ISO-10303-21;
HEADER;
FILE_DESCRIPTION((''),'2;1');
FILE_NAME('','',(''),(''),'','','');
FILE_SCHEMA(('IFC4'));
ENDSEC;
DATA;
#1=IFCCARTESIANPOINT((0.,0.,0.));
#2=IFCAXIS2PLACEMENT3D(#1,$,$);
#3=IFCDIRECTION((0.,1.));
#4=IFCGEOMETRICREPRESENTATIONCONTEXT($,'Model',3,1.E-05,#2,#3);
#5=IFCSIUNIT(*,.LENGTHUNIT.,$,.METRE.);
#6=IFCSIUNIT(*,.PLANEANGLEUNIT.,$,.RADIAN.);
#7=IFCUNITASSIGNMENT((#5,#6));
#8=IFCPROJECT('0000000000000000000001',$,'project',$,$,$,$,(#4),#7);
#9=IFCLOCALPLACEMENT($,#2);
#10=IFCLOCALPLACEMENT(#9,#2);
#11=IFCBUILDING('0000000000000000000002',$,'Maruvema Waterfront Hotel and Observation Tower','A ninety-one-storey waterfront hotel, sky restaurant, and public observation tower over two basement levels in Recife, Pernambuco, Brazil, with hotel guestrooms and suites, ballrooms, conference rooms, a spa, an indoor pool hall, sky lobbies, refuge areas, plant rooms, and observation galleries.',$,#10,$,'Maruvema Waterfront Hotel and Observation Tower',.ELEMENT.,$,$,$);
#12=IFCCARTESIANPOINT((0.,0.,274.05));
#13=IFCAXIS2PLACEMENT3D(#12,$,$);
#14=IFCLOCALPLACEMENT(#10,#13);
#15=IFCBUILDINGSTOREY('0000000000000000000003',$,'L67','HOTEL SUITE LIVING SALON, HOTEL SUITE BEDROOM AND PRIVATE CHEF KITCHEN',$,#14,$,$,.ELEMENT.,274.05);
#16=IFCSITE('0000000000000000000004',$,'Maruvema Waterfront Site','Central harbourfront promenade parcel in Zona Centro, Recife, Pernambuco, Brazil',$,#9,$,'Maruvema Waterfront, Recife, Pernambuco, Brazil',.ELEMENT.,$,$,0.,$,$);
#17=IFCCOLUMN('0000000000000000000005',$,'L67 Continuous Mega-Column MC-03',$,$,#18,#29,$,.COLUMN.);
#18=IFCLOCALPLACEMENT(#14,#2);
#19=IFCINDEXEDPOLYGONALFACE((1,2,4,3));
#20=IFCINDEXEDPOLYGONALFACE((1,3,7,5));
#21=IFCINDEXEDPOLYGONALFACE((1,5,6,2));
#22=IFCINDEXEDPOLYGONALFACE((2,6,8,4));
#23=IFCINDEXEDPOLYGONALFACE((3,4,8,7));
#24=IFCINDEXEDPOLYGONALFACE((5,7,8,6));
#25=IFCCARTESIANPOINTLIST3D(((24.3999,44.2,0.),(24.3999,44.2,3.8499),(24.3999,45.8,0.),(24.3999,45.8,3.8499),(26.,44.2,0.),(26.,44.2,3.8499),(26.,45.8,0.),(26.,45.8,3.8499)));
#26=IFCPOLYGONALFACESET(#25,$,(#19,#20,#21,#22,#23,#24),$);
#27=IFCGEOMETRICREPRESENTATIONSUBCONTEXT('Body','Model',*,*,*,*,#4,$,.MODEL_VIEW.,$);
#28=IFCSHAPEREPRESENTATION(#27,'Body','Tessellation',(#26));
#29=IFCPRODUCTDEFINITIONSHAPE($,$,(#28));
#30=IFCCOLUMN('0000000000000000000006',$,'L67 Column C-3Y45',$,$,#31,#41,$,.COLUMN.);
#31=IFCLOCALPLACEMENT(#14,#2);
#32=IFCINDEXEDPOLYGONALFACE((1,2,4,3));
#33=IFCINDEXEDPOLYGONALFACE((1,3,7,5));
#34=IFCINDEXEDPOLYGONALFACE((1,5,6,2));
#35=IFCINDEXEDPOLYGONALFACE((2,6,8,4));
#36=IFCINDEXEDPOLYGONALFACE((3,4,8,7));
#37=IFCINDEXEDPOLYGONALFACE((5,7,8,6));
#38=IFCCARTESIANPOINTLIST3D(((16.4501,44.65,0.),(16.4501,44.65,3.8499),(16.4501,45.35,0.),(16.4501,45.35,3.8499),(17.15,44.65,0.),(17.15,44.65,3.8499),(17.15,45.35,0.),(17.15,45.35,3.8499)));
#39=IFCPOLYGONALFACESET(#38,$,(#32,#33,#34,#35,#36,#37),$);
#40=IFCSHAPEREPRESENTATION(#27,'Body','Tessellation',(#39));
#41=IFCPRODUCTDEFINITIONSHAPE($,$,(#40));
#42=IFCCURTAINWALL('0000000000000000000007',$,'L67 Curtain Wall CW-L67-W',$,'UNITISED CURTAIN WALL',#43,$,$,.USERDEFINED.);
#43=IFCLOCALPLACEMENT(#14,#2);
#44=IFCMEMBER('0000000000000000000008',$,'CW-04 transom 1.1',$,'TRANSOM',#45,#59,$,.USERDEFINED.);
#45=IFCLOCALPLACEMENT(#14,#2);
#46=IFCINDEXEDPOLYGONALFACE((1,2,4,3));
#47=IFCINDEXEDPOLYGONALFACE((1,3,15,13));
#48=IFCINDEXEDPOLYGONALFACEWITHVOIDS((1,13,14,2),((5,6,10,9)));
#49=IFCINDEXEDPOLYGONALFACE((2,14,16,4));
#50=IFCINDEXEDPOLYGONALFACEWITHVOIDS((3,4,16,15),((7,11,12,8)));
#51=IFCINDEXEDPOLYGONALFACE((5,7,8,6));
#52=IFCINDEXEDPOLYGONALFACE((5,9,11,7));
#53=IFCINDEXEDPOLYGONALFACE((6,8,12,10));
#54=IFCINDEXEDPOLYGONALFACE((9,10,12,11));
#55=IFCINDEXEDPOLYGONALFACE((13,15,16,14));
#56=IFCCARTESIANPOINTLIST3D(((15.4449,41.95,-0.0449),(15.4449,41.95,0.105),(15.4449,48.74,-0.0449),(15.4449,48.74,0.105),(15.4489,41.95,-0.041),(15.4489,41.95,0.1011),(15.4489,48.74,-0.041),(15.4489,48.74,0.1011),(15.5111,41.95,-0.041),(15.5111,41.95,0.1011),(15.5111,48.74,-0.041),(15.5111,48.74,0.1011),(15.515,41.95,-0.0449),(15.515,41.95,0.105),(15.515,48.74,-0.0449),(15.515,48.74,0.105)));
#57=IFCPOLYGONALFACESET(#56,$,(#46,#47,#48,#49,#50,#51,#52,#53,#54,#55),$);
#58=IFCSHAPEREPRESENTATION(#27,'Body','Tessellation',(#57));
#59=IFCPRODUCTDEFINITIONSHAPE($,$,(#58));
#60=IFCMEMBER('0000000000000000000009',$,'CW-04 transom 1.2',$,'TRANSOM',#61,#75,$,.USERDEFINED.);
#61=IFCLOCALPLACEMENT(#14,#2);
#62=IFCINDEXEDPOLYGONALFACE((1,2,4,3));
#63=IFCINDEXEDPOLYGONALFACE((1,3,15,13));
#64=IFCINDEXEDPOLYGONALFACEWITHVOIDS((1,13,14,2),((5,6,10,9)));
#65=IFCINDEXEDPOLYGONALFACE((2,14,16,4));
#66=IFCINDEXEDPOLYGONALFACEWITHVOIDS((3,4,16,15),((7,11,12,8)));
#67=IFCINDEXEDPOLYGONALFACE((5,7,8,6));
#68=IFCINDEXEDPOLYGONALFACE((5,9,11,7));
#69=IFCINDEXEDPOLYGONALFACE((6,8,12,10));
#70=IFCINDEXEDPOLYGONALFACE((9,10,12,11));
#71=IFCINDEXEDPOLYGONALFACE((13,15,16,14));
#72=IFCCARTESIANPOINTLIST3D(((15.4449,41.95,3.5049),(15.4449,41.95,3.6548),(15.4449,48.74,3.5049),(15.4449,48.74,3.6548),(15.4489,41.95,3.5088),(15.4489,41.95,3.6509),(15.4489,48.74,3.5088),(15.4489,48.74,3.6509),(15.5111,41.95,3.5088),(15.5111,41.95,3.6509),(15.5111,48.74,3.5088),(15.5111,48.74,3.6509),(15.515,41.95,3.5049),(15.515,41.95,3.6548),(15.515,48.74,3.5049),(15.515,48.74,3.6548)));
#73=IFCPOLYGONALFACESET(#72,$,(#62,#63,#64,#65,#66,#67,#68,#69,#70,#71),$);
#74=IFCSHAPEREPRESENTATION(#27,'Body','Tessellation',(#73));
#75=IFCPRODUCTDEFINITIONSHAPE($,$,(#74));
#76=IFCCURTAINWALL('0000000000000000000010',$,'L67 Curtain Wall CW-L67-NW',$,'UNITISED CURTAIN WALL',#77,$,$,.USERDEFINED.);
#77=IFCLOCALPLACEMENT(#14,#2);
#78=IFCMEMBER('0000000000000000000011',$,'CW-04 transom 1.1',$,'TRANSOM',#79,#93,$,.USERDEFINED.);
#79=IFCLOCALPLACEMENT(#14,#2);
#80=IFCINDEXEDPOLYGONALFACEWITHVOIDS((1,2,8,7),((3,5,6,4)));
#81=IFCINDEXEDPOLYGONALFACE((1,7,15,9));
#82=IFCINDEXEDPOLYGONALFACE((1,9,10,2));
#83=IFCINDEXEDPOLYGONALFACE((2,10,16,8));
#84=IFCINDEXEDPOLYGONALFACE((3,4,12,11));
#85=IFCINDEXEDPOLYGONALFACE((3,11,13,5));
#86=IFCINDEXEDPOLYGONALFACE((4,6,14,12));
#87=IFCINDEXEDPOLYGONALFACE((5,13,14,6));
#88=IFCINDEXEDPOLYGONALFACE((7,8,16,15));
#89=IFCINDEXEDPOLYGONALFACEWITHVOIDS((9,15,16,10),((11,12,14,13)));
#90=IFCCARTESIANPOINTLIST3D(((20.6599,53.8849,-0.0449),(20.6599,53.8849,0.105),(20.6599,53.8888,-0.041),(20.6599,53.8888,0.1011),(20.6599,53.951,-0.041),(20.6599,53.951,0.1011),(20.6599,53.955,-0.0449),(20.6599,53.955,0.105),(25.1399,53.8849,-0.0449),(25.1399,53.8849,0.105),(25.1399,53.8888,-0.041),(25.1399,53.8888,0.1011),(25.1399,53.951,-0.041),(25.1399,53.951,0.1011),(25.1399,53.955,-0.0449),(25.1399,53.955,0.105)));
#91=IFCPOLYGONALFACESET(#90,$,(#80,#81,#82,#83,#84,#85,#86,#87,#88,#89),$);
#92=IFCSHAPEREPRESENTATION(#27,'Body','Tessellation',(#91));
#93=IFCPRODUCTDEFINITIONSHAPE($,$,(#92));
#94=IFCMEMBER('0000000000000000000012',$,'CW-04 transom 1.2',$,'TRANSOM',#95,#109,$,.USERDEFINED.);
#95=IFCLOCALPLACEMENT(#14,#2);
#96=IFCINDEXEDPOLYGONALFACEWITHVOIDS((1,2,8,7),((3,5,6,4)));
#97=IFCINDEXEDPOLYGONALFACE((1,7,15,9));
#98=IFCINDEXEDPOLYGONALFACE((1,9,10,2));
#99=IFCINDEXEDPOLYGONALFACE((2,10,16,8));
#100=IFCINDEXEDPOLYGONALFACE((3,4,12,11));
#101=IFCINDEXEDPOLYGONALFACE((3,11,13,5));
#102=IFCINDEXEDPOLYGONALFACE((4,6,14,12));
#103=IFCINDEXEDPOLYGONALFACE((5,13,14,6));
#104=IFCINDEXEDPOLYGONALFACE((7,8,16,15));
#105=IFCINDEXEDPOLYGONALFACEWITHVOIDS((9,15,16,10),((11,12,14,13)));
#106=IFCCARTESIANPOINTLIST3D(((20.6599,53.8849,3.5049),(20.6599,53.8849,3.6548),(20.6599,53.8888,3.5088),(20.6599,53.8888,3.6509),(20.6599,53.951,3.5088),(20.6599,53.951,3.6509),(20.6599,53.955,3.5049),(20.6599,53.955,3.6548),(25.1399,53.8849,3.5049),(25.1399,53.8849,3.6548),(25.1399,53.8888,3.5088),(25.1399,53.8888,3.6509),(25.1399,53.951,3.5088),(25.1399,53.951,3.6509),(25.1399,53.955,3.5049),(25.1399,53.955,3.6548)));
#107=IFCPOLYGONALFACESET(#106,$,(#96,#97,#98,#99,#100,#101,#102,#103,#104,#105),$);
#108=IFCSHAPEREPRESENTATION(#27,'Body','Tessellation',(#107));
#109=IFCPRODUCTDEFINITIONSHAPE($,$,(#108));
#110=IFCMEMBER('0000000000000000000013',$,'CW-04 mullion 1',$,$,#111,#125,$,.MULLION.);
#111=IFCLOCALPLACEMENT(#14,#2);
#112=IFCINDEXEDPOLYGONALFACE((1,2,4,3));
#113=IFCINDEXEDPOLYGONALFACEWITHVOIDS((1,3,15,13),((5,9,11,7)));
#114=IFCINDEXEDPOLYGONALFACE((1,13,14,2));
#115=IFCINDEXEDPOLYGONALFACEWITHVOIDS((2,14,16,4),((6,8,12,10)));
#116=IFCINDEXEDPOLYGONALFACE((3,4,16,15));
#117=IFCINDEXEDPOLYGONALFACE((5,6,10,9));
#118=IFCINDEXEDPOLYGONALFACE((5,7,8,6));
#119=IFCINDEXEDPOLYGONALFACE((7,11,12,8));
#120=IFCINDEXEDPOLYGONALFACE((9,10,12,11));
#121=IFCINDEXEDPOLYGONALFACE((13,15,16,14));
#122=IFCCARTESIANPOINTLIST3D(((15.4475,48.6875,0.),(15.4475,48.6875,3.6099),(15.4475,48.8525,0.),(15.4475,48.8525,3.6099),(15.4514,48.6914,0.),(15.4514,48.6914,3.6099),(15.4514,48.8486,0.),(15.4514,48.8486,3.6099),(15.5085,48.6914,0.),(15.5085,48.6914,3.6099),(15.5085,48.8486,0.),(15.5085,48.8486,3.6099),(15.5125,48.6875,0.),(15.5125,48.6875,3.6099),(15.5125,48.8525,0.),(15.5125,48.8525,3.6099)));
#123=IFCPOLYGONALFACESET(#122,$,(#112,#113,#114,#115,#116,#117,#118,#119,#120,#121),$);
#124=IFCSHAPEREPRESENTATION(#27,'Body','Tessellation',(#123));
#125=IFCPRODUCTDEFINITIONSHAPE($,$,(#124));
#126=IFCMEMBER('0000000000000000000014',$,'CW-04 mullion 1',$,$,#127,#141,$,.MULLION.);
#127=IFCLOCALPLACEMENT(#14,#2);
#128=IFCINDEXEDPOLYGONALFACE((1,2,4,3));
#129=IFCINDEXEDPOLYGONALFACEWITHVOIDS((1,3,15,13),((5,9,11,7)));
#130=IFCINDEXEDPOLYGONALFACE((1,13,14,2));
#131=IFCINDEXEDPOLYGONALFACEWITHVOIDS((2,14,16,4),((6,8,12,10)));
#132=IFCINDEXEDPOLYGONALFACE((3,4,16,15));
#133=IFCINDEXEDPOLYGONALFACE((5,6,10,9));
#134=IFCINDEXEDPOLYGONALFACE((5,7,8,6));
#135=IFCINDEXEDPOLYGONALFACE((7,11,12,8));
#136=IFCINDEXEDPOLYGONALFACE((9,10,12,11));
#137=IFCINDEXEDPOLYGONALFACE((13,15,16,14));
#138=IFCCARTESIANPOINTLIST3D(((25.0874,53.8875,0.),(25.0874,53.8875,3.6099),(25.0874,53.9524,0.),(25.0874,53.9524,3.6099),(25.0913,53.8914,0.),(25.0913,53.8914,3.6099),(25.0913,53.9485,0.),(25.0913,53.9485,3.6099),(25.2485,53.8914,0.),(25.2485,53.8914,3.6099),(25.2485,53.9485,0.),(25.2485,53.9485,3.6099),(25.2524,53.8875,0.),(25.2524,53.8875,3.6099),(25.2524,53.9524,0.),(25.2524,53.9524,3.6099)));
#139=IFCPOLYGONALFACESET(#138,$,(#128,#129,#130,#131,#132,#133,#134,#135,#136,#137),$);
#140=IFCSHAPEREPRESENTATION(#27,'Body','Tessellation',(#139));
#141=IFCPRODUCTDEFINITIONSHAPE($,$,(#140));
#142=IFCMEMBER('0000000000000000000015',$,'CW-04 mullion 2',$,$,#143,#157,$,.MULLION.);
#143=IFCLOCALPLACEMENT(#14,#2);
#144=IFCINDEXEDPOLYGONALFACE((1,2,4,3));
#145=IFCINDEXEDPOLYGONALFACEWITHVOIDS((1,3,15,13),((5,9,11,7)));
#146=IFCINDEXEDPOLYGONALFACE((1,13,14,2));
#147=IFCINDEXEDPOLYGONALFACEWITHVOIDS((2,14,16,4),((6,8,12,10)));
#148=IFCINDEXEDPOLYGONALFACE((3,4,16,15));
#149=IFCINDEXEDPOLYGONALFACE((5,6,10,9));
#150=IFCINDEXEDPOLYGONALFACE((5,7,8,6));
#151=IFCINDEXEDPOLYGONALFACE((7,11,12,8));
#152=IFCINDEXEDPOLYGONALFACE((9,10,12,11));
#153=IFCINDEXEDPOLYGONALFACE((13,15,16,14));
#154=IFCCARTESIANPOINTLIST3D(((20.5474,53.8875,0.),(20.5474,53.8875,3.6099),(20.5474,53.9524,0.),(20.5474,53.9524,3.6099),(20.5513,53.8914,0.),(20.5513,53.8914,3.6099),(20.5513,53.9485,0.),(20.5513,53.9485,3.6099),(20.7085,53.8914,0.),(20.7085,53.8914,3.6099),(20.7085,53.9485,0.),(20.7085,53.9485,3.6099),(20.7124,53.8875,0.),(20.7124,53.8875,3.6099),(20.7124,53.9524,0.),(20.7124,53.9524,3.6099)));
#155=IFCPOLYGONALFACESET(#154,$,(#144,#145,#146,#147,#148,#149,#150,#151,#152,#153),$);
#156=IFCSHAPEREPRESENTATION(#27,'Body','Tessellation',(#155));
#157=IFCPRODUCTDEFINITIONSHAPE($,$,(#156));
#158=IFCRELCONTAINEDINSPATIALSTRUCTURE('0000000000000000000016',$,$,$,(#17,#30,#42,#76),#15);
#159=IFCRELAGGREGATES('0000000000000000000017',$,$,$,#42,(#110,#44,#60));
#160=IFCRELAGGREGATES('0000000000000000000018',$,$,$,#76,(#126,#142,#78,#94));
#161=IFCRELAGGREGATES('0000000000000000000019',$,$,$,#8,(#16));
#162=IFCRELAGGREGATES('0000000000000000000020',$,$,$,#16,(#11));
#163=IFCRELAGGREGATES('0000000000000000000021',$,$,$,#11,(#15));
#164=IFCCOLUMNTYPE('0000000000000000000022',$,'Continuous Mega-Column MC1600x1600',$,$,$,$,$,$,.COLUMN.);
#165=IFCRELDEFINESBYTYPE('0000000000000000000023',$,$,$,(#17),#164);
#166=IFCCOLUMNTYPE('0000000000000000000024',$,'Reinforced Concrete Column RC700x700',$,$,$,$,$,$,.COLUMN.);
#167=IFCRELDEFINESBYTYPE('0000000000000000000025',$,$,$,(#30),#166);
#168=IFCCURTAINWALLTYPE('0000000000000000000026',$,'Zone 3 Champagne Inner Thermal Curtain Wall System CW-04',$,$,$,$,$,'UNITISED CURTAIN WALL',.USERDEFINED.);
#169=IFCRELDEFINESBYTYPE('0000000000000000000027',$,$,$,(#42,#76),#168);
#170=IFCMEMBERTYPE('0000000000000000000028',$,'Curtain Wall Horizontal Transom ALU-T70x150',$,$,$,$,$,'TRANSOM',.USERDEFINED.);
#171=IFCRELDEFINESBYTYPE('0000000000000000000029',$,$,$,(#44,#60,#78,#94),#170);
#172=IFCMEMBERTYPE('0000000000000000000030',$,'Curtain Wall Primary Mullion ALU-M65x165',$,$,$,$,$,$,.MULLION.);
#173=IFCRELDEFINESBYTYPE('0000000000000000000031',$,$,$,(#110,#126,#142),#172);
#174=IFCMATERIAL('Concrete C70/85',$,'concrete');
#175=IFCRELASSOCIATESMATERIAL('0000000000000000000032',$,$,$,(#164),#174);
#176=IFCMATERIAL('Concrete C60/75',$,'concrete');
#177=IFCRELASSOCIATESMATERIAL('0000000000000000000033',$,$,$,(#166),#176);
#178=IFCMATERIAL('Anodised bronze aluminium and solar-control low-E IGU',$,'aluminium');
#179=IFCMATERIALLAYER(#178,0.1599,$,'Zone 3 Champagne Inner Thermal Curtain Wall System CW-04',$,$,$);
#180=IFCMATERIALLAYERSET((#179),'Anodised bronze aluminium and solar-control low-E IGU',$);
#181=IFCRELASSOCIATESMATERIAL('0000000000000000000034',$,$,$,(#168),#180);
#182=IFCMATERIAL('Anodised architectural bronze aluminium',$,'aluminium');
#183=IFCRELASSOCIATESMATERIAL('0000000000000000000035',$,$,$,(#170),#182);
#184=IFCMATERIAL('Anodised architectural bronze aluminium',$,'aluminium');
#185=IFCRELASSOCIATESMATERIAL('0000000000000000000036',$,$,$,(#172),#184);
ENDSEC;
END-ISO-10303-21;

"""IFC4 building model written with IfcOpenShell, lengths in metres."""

from ifc_helpers import new_model, si_unit, direction, frame, origin, origin_2d, place, context, subcontext, project, spatial, rectangle, hollow_rectangle, extrude, material, layer, layer_set, material_profile, profile_set, type_object, element, aggregate, save


model = new_model("IFC4")

# Units and contexts
model_context = context("Model", 3, precision=1e-05, world=origin(), true_north=direction((0.0, 1.0)))
body_context = subcontext(model_context, "Body", "Model", "MODEL_VIEW")
ifc_project = project(units=[si_unit("LENGTHUNIT", "METRE"), si_unit("PLANEANGLEUNIT", "RADIAN")], contexts=[model_context])

# Site, building, storey
site_placement = place(None, origin())
site = spatial("IfcSite", under=ifc_project, at=site_placement, Name="Maruvema Waterfront Site", Description="Central harbourfront promenade parcel in Zona Centro, Recife, Pernambuco, Brazil", LongName="Maruvema Waterfront, Recife, Pernambuco, Brazil", CompositionType="ELEMENT", RefElevation=0.0)
building_placement = place(site_placement, origin())
building = spatial("IfcBuilding", under=site, at=building_placement, Name="Maruvema Waterfront Hotel and Observation Tower", Description="A ninety-one-storey waterfront hotel, sky restaurant, and public observation tower over two basement levels in Recife, Pernambuco, Brazil, with hotel guestrooms and suites, ballrooms, conference rooms, a spa, an indoor pool hall, sky lobbies, refuge areas, plant rooms, and observation galleries.", LongName="Maruvema Waterfront Hotel and Observation Tower", CompositionType="ELEMENT")
storey_placement = place(building_placement, frame((0.0, 0.0, 274.05)))
storey = spatial("IfcBuildingStorey", under=building, at=storey_placement, Name="L67", Description="HOTEL SUITE LIVING SALON, HOTEL SUITE BEDROOM AND PRIVATE CHEF KITCHEN", CompositionType="ELEMENT", Elevation=274.05)

# Columns
ifc_material_1 = material(Name="Concrete C70/85", Category="concrete")
ifc_material_profile_1 = material_profile(ifc_material_1, rectangle(XDim=1.6001, YDim=1.6001, at=origin_2d()), Name="MC1600x1600")
ifc_profile_set_1 = profile_set([ifc_material_profile_1], Name="Concrete C70/85")
column_type_1 = type_object("IfcColumnType", Name="Continuous Mega-Column MC1600x1600", PredefinedType="COLUMN", material=ifc_profile_set_1)
column_1_placement = place(storey_placement, frame((25.2, 45.0, 0.0), z_axis=(0.0, 0.0, 1.0), x_axis=(1.0, 0.0, 0.0)))
element("IfcColumn", 1, at=column_1_placement, inside=storey, type_object=column_type_1, Name="L67 Continuous Mega-Column MC-03", PredefinedType="COLUMN", context=body_context, shape_type="SweptSolid", body=[
    extrude(rectangle(XDim=1.6001, YDim=1.6001, at=origin_2d()), origin(), (0.0, 0.0, 1.0), 3.8499),
])
ifc_material_2 = material(Name="Concrete C60/75", Category="concrete")
ifc_material_profile_2 = material_profile(ifc_material_2, rectangle(XDim=0.7, YDim=0.7, at=origin_2d()), Name="RC700x700")
ifc_profile_set_2 = profile_set([ifc_material_profile_2], Name="Concrete C60/75")
column_type_2 = type_object("IfcColumnType", Name="Reinforced Concrete Column RC700x700", PredefinedType="COLUMN", material=ifc_profile_set_2)
column_2_placement = place(storey_placement, frame((16.8, 45.0, 0.0), z_axis=(0.0, 0.0, 1.0), x_axis=(1.0, 0.0, 0.0)))
element("IfcColumn", 2, at=column_2_placement, inside=storey, type_object=column_type_2, Name="L67 Column C-3Y45", PredefinedType="COLUMN", context=body_context, shape_type="SweptSolid", body=[
    extrude(rectangle(XDim=0.7, YDim=0.7, at=origin_2d()), origin(), (0.0, 0.0, 1.0), 3.8499),
])

# Curtain walls, members
ifc_material_3 = material(Name="Anodised bronze aluminium and solar-control low-E IGU", Category="aluminium")
ifc_layer_1 = layer(ifc_material_3, 0.1599, Name="Zone 3 Champagne Inner Thermal Curtain Wall System CW-04")
ifc_layer_set_1 = layer_set([ifc_layer_1], Name="Anodised bronze aluminium and solar-control low-E IGU")
curtain_wall_type = type_object("IfcCurtainWallType", Name="Zone 3 Champagne Inner Thermal Curtain Wall System CW-04", ElementType="UNITISED CURTAIN WALL", PredefinedType="USERDEFINED", material=ifc_layer_set_1)
curtain_wall_1_placement = place(storey_placement, origin())
curtain_wall_1 = element("IfcCurtainWall", 3, at=curtain_wall_1_placement, inside=storey, type_object=curtain_wall_type, Name="L67 Curtain Wall CW-L67-W", ObjectType="UNITISED CURTAIN WALL", PredefinedType="USERDEFINED")
ifc_material_4 = material(Name="Anodised architectural bronze aluminium", Category="aluminium")
ifc_material_profile_3 = material_profile(ifc_material_4, hollow_rectangle(XDim=0.0701, YDim=0.1499, WallThickness=0.0039, at=origin_2d()), Name="ALU-T70x150")
ifc_profile_set_3 = profile_set([ifc_material_profile_3], Name="Anodised architectural bronze aluminium")
member_type_1 = type_object("IfcMemberType", Name="Curtain Wall Horizontal Transom ALU-T70x150", ElementType="TRANSOM", PredefinedType="USERDEFINED", material=ifc_profile_set_3)
member_1_placement = place(storey_placement, frame((15.48, 48.74, 0.03), z_axis=(0.0, -1.0, 0.0), x_axis=(1.0, 0.0, 0.0)))
member_1 = element("IfcMember", 4, at=member_1_placement, type_object=member_type_1, Name="CW-04 transom 1.1", ObjectType="TRANSOM", PredefinedType="USERDEFINED", context=body_context, shape_type="SweptSolid", body=[
    extrude(hollow_rectangle(XDim=0.0701, YDim=0.1499, WallThickness=0.0039, at=origin_2d()), origin(), (0.0, 0.0, 1.0), 6.79),
])
member_2_placement = place(storey_placement, frame((15.48, 48.74, 3.5798), z_axis=(0.0, -1.0, 0.0), x_axis=(1.0, 0.0, 0.0)))
member_2 = element("IfcMember", 5, at=member_2_placement, type_object=member_type_1, Name="CW-04 transom 1.2", ObjectType="TRANSOM", PredefinedType="USERDEFINED", context=body_context, shape_type="SweptSolid", body=[
    extrude(hollow_rectangle(XDim=0.0701, YDim=0.1499, WallThickness=0.0039, at=origin_2d()), origin(), (0.0, 0.0, 1.0), 6.79),
])
curtain_wall_2_placement = place(storey_placement, origin())
curtain_wall_2 = element("IfcCurtainWall", 6, at=curtain_wall_2_placement, inside=storey, type_object=curtain_wall_type, Name="L67 Curtain Wall CW-L67-NW", ObjectType="UNITISED CURTAIN WALL", PredefinedType="USERDEFINED")
member_3_placement = place(storey_placement, frame((25.1399, 53.9199, 0.03), z_axis=(-1.0, 0.0, 0.0), x_axis=(0.0, -1.0, 0.0)))
member_3 = element("IfcMember", 7, at=member_3_placement, type_object=member_type_1, Name="CW-04 transom 1.1", ObjectType="TRANSOM", PredefinedType="USERDEFINED", context=body_context, shape_type="SweptSolid", body=[
    extrude(hollow_rectangle(XDim=0.0701, YDim=0.1499, WallThickness=0.0039, at=origin_2d()), origin(), (0.0, 0.0, 1.0), 4.48),
])
member_4_placement = place(storey_placement, frame((25.1399, 53.9199, 3.5798), z_axis=(-1.0, 0.0, 0.0), x_axis=(0.0, -1.0, 0.0)))
member_4 = element("IfcMember", 8, at=member_4_placement, type_object=member_type_1, Name="CW-04 transom 1.2", ObjectType="TRANSOM", PredefinedType="USERDEFINED", context=body_context, shape_type="SweptSolid", body=[
    extrude(hollow_rectangle(XDim=0.0701, YDim=0.1499, WallThickness=0.0039, at=origin_2d()), origin(), (0.0, 0.0, 1.0), 4.48),
])

# Members
ifc_material_5 = material(Name="Anodised architectural bronze aluminium", Category="aluminium")
ifc_material_profile_4 = material_profile(ifc_material_5, hollow_rectangle(XDim=0.0649, YDim=0.165, WallThickness=0.0039, at=origin_2d()), Name="ALU-M65x165")
ifc_profile_set_4 = profile_set([ifc_material_profile_4], Name="Anodised architectural bronze aluminium")
member_type_2 = type_object("IfcMemberType", Name="Curtain Wall Primary Mullion ALU-M65x165", PredefinedType="MULLION", material=ifc_profile_set_4)
member_5_placement = place(storey_placement, frame((15.48, 48.77, 0.0), z_axis=(0.0, 0.0, 1.0), x_axis=(1.0, 0.0, 0.0)))
member_5 = element("IfcMember", 9, at=member_5_placement, type_object=member_type_2, Name="CW-04 mullion 1", PredefinedType="MULLION", context=body_context, shape_type="SweptSolid", body=[
    extrude(hollow_rectangle(XDim=0.0649, YDim=0.165, WallThickness=0.0039, at=origin_2d()), origin(), (0.0, 0.0, 1.0), 3.6099),
])
member_6_placement = place(storey_placement, frame((25.1699, 53.9199, 0.0), z_axis=(0.0, 0.0, 1.0), x_axis=(0.0, -1.0, 0.0)))
member_6 = element("IfcMember", 10, at=member_6_placement, type_object=member_type_2, Name="CW-04 mullion 1", PredefinedType="MULLION", context=body_context, shape_type="SweptSolid", body=[
    extrude(hollow_rectangle(XDim=0.0649, YDim=0.165, WallThickness=0.0039, at=origin_2d()), origin(), (0.0, 0.0, 1.0), 3.6099),
])
member_7_placement = place(storey_placement, frame((20.6299, 53.9199, 0.0), z_axis=(0.0, 0.0, 1.0), x_axis=(0.0, -1.0, 0.0)))
member_7 = element("IfcMember", 11, at=member_7_placement, type_object=member_type_2, Name="CW-04 mullion 2", PredefinedType="MULLION", context=body_context, shape_type="SweptSolid", body=[
    extrude(hollow_rectangle(XDim=0.0649, YDim=0.165, WallThickness=0.0039, at=origin_2d()), origin(), (0.0, 0.0, 1.0), 3.6099),
])

aggregate(curtain_wall_1, [member_5, member_1, member_2])
aggregate(curtain_wall_2, [member_6, member_7, member_3, member_4])

save(model, "model.ifc")
